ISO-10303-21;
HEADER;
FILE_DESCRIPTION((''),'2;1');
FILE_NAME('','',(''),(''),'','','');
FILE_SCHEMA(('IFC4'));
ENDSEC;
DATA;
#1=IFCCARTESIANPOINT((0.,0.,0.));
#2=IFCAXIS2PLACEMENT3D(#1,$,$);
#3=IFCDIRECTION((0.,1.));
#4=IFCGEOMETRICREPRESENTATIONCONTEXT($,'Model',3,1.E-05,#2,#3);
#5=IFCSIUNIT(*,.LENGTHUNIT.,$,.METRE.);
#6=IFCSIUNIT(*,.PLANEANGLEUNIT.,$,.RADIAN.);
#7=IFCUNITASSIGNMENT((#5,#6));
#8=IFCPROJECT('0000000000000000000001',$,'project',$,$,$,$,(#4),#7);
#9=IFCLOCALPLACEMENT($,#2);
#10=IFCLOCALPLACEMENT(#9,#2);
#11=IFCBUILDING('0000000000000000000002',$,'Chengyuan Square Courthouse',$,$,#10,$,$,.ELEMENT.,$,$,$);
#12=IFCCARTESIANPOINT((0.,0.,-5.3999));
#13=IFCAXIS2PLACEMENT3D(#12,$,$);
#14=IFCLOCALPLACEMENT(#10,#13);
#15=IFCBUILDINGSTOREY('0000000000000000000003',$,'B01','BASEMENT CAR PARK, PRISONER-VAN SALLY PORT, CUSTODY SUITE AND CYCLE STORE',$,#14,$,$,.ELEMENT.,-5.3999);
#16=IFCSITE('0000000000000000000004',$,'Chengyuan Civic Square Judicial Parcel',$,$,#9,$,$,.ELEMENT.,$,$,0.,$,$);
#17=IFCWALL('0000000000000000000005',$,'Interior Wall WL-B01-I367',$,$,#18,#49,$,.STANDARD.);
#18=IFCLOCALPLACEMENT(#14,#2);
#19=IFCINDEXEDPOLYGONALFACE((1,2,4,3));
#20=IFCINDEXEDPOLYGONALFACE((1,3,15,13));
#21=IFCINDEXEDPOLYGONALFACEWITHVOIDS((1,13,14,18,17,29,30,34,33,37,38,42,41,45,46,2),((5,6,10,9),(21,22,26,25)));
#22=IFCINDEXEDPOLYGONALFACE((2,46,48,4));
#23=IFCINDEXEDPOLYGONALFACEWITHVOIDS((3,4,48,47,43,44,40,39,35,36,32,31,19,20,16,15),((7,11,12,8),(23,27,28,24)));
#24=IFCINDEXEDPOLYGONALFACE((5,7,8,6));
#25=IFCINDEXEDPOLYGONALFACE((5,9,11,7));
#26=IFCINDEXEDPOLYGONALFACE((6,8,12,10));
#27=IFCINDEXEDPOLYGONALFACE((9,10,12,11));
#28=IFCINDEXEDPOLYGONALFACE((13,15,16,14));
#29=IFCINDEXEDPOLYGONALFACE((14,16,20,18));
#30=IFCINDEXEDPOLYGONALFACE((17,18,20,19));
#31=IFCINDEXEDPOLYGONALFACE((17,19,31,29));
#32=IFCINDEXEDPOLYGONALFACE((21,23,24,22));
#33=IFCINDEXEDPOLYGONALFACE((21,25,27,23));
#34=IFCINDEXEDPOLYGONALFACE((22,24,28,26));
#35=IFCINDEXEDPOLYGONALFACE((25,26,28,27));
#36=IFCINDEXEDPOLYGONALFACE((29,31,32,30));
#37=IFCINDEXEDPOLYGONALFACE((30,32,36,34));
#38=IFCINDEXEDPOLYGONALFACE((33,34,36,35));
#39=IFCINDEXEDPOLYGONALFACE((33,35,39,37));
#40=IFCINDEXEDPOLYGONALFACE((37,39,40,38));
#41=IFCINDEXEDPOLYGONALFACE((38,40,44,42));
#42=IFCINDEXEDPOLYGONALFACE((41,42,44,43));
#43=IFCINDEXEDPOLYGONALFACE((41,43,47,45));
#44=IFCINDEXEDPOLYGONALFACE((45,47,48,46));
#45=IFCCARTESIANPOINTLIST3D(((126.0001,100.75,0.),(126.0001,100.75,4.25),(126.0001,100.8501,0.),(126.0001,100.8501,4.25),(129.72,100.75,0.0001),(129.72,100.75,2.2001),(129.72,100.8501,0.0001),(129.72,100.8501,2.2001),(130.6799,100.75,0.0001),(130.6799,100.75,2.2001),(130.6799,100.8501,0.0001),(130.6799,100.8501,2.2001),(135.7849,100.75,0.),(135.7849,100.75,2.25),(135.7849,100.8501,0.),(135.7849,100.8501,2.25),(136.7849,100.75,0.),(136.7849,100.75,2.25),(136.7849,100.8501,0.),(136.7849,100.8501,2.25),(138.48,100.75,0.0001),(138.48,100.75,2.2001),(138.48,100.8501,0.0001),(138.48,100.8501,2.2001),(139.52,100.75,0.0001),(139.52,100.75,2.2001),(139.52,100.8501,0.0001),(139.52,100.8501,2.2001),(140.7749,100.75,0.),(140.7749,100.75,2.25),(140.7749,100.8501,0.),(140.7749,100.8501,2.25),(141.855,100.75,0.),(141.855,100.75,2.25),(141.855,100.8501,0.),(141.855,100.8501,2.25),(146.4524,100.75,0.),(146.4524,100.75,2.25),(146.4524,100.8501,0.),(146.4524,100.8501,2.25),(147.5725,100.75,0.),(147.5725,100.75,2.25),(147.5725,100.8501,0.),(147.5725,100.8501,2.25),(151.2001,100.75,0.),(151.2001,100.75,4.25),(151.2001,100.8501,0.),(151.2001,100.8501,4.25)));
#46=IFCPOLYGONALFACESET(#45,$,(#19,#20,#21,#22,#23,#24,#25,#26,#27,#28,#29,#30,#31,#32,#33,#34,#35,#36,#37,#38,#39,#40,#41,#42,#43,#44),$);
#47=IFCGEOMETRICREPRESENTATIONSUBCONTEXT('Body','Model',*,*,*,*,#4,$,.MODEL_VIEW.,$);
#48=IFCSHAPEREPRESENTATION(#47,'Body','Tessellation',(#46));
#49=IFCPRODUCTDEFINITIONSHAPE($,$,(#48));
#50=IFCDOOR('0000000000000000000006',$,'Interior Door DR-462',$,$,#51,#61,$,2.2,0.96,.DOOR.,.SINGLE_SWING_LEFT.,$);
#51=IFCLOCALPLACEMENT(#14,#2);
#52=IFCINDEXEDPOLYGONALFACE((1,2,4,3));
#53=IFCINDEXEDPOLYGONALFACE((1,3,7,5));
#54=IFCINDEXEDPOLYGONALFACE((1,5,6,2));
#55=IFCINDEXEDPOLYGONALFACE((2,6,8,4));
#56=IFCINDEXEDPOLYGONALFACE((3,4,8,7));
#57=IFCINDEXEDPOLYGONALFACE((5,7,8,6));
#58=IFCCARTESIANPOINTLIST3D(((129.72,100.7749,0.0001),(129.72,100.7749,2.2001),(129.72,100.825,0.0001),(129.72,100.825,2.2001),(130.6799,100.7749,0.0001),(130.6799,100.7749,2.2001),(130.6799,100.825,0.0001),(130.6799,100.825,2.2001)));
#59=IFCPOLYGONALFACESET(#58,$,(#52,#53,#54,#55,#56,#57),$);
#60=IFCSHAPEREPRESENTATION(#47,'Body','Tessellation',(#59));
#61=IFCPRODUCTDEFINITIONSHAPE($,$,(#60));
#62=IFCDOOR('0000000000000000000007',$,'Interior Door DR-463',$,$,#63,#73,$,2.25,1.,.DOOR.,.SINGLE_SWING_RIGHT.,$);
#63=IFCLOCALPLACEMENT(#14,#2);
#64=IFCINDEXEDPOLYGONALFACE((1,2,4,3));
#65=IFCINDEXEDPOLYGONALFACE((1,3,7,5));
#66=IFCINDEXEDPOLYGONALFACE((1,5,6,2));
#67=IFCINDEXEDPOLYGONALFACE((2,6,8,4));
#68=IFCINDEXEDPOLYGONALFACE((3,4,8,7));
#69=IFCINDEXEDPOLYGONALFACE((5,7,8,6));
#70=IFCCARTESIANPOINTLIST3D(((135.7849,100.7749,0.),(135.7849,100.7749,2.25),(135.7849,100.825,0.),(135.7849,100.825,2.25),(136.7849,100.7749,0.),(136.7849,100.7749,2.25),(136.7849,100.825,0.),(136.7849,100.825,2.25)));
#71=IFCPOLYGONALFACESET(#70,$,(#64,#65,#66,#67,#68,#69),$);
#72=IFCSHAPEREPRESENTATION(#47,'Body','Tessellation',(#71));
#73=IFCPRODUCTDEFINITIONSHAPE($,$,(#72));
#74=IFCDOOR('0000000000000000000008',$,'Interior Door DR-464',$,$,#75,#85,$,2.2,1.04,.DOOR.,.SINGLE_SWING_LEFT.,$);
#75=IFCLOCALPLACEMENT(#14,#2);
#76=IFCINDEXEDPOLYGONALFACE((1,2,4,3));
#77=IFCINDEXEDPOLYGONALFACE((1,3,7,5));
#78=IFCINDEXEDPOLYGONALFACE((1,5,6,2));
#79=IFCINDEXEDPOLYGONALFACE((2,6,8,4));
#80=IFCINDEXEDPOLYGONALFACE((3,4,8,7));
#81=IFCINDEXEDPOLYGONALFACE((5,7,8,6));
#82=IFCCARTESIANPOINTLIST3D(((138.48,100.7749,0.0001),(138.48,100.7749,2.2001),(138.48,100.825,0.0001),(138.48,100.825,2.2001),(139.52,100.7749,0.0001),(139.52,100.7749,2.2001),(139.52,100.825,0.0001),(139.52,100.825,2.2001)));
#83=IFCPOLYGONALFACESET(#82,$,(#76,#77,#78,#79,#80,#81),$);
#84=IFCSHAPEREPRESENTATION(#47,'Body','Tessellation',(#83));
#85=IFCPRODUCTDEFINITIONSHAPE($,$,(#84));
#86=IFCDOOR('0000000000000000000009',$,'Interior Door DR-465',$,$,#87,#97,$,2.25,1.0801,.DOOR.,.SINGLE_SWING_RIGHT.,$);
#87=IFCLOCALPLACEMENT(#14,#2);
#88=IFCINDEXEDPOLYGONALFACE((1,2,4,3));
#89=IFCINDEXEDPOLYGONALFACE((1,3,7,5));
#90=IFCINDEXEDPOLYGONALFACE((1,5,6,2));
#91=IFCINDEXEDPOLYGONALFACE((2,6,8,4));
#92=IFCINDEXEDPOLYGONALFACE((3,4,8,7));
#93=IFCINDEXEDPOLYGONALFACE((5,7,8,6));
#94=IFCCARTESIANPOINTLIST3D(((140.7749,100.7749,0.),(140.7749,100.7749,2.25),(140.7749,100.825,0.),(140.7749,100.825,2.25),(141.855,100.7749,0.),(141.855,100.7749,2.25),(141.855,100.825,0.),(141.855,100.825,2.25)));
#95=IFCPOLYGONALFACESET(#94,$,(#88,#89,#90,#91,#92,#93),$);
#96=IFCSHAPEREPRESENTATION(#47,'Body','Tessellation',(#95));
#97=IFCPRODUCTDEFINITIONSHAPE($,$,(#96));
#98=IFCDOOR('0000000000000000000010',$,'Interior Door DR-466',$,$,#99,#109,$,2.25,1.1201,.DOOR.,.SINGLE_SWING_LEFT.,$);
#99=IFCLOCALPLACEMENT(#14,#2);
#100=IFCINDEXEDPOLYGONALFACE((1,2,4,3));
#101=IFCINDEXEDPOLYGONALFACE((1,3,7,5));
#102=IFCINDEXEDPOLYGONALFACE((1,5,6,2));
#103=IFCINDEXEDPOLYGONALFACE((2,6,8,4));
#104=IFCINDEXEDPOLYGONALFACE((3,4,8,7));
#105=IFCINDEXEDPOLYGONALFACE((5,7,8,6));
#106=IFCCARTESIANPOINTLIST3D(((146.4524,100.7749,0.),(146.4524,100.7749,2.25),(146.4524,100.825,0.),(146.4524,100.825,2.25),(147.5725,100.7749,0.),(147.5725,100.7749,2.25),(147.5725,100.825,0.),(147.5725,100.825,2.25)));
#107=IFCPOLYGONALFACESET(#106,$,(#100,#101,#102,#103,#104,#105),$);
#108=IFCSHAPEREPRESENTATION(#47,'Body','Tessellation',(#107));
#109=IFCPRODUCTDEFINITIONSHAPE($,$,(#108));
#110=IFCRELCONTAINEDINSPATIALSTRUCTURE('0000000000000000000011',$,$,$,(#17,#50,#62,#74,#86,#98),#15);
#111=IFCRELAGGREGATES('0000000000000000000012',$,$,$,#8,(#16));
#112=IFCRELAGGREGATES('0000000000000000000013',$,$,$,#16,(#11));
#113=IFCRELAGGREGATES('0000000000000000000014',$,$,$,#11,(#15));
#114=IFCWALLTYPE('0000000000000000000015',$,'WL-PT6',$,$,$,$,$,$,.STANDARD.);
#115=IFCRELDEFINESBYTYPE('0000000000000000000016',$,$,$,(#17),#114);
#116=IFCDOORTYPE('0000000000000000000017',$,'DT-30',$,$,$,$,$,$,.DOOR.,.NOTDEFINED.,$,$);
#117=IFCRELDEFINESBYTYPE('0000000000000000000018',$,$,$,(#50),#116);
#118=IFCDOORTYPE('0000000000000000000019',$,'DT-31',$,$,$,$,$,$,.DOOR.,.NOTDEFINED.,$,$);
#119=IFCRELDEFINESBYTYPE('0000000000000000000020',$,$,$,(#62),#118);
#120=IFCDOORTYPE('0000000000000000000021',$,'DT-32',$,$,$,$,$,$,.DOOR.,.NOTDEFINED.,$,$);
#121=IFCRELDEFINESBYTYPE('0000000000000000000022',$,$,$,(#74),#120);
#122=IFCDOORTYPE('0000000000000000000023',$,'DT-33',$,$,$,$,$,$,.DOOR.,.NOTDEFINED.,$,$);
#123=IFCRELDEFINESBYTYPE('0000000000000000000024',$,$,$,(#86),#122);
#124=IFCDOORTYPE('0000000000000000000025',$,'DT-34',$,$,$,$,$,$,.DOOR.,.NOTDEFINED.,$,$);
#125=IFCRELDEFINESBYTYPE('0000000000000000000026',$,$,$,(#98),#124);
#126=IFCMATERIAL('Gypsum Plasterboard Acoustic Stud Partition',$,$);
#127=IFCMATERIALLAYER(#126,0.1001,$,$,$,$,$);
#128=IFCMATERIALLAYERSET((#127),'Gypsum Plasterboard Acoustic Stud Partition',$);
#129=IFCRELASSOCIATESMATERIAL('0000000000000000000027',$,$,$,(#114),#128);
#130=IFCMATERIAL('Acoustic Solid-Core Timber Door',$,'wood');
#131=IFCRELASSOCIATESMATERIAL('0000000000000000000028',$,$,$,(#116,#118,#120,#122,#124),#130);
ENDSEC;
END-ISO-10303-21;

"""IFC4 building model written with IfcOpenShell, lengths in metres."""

from ifc_helpers import new_model, si_unit, direction, frame, frame_2d, origin, place, context, subcontext, project, spatial, rectangle, extrude, material, layer, layer_set, type_object, element, fill, save


model = new_model("IFC4")

# Units and contexts
model_context = context("Model", 3, precision=1e-05, world=origin(), true_north=direction((0.0, 1.0)))
body_context = subcontext(model_context, "Body", "Model", "MODEL_VIEW")
ifc_project = project(units=[si_unit("LENGTHUNIT", "METRE"), si_unit("PLANEANGLEUNIT", "RADIAN")], contexts=[model_context])

# Site, building, storey
site_placement = place(None, origin())
site = spatial("IfcSite", under=ifc_project, at=site_placement, Name="Chengyuan Civic Square Judicial Parcel", CompositionType="ELEMENT", RefElevation=0.0)
building_placement = place(site_placement, origin())
building = spatial("IfcBuilding", under=site, at=building_placement, Name="Chengyuan Square Courthouse", CompositionType="ELEMENT")
storey_placement = place(building_placement, frame((0.0, 0.0, -5.3999)))
storey = spatial("IfcBuildingStorey", under=building, at=storey_placement, Name="B01", Description="BASEMENT CAR PARK, PRISONER-VAN SALLY PORT, CUSTODY SUITE AND CYCLE STORE", CompositionType="ELEMENT", Elevation=-5.3999)

# Wall, openings, doors
ifc_material_1 = material(Name="Gypsum Plasterboard Acoustic Stud Partition")
ifc_layer_1 = layer(ifc_material_1, 0.1001)
ifc_layer_set_1 = layer_set([ifc_layer_1], Name="Gypsum Plasterboard Acoustic Stud Partition")
wall_type_1 = type_object("IfcWallType", Name="WL-PT6", PredefinedType="STANDARD", material=ifc_layer_set_1)
wall_1_placement = place(storey_placement, frame((126.0, 100.8, 0.0), z_axis=(0.0, 0.0, 1.0), x_axis=(1.0, 0.0, 0.0)))
wall_1 = element("IfcWall", 1, at=wall_1_placement, inside=storey, type_object=wall_type_1, Name="Interior Wall WL-B01-I367", PredefinedType="STANDARD", context=body_context, shape_type="SweptSolid", body=[
    extrude(rectangle(XDim=25.2, YDim=0.1001, at=frame_2d((12.6001, 0.0))), origin(), (0.0, 0.0, 1.0), 4.25),
])
opening_1_placement = place(wall_1_placement, frame((3.72, 0.0, 0.0)))
opening_1 = element("IfcOpeningElement", 2, at=opening_1_placement, cuts=wall_1, PredefinedType="OPENING", context=body_context, shape_type="SweptSolid", body=[
    extrude(rectangle(XDim=0.96, YDim=2.2, at=frame_2d((0.48, 1.1001))), frame((0.0, 0.062, 0.0), z_axis=(0.0, -1.0, 0.0), x_axis=(1.0, 0.0, 0.0)), (0.0, 0.0, 1.0), 0.124),
])
opening_2_placement = place(wall_1_placement, frame((9.7849, 0.0, 0.0)))
opening_2 = element("IfcOpeningElement", 3, at=opening_2_placement, cuts=wall_1, PredefinedType="OPENING", context=body_context, shape_type="SweptSolid", body=[
    extrude(rectangle(XDim=1.0, YDim=2.25, at=frame_2d((0.5, 1.125))), frame((0.0, 0.062, 0.0), z_axis=(0.0, -1.0, 0.0), x_axis=(1.0, 0.0, 0.0)), (0.0, 0.0, 1.0), 0.124),
])
opening_3_placement = place(wall_1_placement, frame((12.48, 0.0, 0.0)))
opening_3 = element("IfcOpeningElement", 4, at=opening_3_placement, cuts=wall_1, PredefinedType="OPENING", context=body_context, shape_type="SweptSolid", body=[
    extrude(rectangle(XDim=1.04, YDim=2.2, at=frame_2d((0.52, 1.1001))), frame((0.0, 0.062, 0.0), z_axis=(0.0, -1.0, 0.0), x_axis=(1.0, 0.0, 0.0)), (0.0, 0.0, 1.0), 0.124),
])
opening_4_placement = place(wall_1_placement, frame((14.7749, 0.0, 0.0)))
opening_4 = element("IfcOpeningElement", 5, at=opening_4_placement, cuts=wall_1, PredefinedType="OPENING", context=body_context, shape_type="SweptSolid", body=[
    extrude(rectangle(XDim=1.0801, YDim=2.25, at=frame_2d((0.54, 1.125))), frame((0.0, 0.062, 0.0), z_axis=(0.0, -1.0, 0.0), x_axis=(1.0, 0.0, 0.0)), (0.0, 0.0, 1.0), 0.124),
])
opening_5_placement = place(wall_1_placement, frame((20.4524, 0.0, 0.0)))
opening_5 = element("IfcOpeningElement", 6, at=opening_5_placement, cuts=wall_1, PredefinedType="OPENING", context=body_context, shape_type="SweptSolid", body=[
    extrude(rectangle(XDim=1.1201, YDim=2.25, at=frame_2d((0.5601, 1.125))), frame((0.0, 0.062, 0.0), z_axis=(0.0, -1.0, 0.0), x_axis=(1.0, 0.0, 0.0)), (0.0, 0.0, 1.0), 0.124),
])
ifc_material_2 = material(Name="Acoustic Solid-Core Timber Door", Category="wood")
door_type_1 = type_object("IfcDoorType", Name="DT-30", OperationType="NOTDEFINED", PredefinedType="DOOR", material=ifc_material_2)
door_1_placement = place(opening_1_placement, origin())
door_1 = element("IfcDoor", 7, at=door_1_placement, inside=storey, type_object=door_type_1, Name="Interior Door DR-462", OperationType="SINGLE_SWING_LEFT", OverallHeight=2.2, OverallWidth=0.96, PredefinedType="DOOR", context=body_context, shape_type="SweptSolid", body=[
    extrude(rectangle(XDim=0.96, YDim=2.2, at=frame_2d((0.48, 1.1001))), frame((0.0, 0.0249, 0.0), z_axis=(0.0, -1.0, 0.0), x_axis=(1.0, 0.0, 0.0)), (0.0, 0.0, 1.0), 0.05),
])
fill(opening_1, door_1)
door_type_2 = type_object("IfcDoorType", Name="DT-31", OperationType="NOTDEFINED", PredefinedType="DOOR", material=ifc_material_2)
door_2_placement = place(opening_2_placement, origin())
door_2 = element("IfcDoor", 8, at=door_2_placement, inside=storey, type_object=door_type_2, Name="Interior Door DR-463", OperationType="SINGLE_SWING_RIGHT", OverallHeight=2.25, OverallWidth=1.0, PredefinedType="DOOR", context=body_context, shape_type="SweptSolid", body=[
    extrude(rectangle(XDim=1.0, YDim=2.25, at=frame_2d((0.5, 1.125))), frame((0.0, 0.0249, 0.0), z_axis=(0.0, -1.0, 0.0), x_axis=(1.0, 0.0, 0.0)), (0.0, 0.0, 1.0), 0.05),
])
fill(opening_2, door_2)
door_type_3 = type_object("IfcDoorType", Name="DT-32", OperationType="NOTDEFINED", PredefinedType="DOOR", material=ifc_material_2)
door_3_placement = place(opening_3_placement, origin())
door_3 = element("IfcDoor", 9, at=door_3_placement, inside=storey, type_object=door_type_3, Name="Interior Door DR-464", OperationType="SINGLE_SWING_LEFT", OverallHeight=2.2, OverallWidth=1.04, PredefinedType="DOOR", context=body_context, shape_type="SweptSolid", body=[
    extrude(rectangle(XDim=1.04, YDim=2.2, at=frame_2d((0.52, 1.1001))), frame((0.0, 0.0249, 0.0), z_axis=(0.0, -1.0, 0.0), x_axis=(1.0, 0.0, 0.0)), (0.0, 0.0, 1.0), 0.05),
])
fill(opening_3, door_3)
door_type_4 = type_object("IfcDoorType", Name="DT-33", OperationType="NOTDEFINED", PredefinedType="DOOR", material=ifc_material_2)
door_4_placement = place(opening_4_placement, origin())
door_4 = element("IfcDoor", 10, at=door_4_placement, inside=storey, type_object=door_type_4, Name="Interior Door DR-465", OperationType="SINGLE_SWING_RIGHT", OverallHeight=2.25, OverallWidth=1.0801, PredefinedType="DOOR", context=body_context, shape_type="SweptSolid", body=[
    extrude(rectangle(XDim=1.0801, YDim=2.25, at=frame_2d((0.54, 1.125))), frame((0.0, 0.0249, 0.0), z_axis=(0.0, -1.0, 0.0), x_axis=(1.0, 0.0, 0.0)), (0.0, 0.0, 1.0), 0.05),
])
fill(opening_4, door_4)
door_type_5 = type_object("IfcDoorType", Name="DT-34", OperationType="NOTDEFINED", PredefinedType="DOOR", material=ifc_material_2)
door_5_placement = place(opening_5_placement, origin())
door_5 = element("IfcDoor", 11, at=door_5_placement, inside=storey, type_object=door_type_5, Name="Interior Door DR-466", OperationType="SINGLE_SWING_LEFT", OverallHeight=2.25, OverallWidth=1.1201, PredefinedType="DOOR", context=body_context, shape_type="SweptSolid", body=[
    extrude(rectangle(XDim=1.1201, YDim=2.25, at=frame_2d((0.5601, 1.125))), frame((0.0, 0.0249, 0.0), z_axis=(0.0, -1.0, 0.0), x_axis=(1.0, 0.0, 0.0)), (0.0, 0.0, 1.0), 0.05),
])
fill(opening_5, door_5)

save(model, "model.ifc")
